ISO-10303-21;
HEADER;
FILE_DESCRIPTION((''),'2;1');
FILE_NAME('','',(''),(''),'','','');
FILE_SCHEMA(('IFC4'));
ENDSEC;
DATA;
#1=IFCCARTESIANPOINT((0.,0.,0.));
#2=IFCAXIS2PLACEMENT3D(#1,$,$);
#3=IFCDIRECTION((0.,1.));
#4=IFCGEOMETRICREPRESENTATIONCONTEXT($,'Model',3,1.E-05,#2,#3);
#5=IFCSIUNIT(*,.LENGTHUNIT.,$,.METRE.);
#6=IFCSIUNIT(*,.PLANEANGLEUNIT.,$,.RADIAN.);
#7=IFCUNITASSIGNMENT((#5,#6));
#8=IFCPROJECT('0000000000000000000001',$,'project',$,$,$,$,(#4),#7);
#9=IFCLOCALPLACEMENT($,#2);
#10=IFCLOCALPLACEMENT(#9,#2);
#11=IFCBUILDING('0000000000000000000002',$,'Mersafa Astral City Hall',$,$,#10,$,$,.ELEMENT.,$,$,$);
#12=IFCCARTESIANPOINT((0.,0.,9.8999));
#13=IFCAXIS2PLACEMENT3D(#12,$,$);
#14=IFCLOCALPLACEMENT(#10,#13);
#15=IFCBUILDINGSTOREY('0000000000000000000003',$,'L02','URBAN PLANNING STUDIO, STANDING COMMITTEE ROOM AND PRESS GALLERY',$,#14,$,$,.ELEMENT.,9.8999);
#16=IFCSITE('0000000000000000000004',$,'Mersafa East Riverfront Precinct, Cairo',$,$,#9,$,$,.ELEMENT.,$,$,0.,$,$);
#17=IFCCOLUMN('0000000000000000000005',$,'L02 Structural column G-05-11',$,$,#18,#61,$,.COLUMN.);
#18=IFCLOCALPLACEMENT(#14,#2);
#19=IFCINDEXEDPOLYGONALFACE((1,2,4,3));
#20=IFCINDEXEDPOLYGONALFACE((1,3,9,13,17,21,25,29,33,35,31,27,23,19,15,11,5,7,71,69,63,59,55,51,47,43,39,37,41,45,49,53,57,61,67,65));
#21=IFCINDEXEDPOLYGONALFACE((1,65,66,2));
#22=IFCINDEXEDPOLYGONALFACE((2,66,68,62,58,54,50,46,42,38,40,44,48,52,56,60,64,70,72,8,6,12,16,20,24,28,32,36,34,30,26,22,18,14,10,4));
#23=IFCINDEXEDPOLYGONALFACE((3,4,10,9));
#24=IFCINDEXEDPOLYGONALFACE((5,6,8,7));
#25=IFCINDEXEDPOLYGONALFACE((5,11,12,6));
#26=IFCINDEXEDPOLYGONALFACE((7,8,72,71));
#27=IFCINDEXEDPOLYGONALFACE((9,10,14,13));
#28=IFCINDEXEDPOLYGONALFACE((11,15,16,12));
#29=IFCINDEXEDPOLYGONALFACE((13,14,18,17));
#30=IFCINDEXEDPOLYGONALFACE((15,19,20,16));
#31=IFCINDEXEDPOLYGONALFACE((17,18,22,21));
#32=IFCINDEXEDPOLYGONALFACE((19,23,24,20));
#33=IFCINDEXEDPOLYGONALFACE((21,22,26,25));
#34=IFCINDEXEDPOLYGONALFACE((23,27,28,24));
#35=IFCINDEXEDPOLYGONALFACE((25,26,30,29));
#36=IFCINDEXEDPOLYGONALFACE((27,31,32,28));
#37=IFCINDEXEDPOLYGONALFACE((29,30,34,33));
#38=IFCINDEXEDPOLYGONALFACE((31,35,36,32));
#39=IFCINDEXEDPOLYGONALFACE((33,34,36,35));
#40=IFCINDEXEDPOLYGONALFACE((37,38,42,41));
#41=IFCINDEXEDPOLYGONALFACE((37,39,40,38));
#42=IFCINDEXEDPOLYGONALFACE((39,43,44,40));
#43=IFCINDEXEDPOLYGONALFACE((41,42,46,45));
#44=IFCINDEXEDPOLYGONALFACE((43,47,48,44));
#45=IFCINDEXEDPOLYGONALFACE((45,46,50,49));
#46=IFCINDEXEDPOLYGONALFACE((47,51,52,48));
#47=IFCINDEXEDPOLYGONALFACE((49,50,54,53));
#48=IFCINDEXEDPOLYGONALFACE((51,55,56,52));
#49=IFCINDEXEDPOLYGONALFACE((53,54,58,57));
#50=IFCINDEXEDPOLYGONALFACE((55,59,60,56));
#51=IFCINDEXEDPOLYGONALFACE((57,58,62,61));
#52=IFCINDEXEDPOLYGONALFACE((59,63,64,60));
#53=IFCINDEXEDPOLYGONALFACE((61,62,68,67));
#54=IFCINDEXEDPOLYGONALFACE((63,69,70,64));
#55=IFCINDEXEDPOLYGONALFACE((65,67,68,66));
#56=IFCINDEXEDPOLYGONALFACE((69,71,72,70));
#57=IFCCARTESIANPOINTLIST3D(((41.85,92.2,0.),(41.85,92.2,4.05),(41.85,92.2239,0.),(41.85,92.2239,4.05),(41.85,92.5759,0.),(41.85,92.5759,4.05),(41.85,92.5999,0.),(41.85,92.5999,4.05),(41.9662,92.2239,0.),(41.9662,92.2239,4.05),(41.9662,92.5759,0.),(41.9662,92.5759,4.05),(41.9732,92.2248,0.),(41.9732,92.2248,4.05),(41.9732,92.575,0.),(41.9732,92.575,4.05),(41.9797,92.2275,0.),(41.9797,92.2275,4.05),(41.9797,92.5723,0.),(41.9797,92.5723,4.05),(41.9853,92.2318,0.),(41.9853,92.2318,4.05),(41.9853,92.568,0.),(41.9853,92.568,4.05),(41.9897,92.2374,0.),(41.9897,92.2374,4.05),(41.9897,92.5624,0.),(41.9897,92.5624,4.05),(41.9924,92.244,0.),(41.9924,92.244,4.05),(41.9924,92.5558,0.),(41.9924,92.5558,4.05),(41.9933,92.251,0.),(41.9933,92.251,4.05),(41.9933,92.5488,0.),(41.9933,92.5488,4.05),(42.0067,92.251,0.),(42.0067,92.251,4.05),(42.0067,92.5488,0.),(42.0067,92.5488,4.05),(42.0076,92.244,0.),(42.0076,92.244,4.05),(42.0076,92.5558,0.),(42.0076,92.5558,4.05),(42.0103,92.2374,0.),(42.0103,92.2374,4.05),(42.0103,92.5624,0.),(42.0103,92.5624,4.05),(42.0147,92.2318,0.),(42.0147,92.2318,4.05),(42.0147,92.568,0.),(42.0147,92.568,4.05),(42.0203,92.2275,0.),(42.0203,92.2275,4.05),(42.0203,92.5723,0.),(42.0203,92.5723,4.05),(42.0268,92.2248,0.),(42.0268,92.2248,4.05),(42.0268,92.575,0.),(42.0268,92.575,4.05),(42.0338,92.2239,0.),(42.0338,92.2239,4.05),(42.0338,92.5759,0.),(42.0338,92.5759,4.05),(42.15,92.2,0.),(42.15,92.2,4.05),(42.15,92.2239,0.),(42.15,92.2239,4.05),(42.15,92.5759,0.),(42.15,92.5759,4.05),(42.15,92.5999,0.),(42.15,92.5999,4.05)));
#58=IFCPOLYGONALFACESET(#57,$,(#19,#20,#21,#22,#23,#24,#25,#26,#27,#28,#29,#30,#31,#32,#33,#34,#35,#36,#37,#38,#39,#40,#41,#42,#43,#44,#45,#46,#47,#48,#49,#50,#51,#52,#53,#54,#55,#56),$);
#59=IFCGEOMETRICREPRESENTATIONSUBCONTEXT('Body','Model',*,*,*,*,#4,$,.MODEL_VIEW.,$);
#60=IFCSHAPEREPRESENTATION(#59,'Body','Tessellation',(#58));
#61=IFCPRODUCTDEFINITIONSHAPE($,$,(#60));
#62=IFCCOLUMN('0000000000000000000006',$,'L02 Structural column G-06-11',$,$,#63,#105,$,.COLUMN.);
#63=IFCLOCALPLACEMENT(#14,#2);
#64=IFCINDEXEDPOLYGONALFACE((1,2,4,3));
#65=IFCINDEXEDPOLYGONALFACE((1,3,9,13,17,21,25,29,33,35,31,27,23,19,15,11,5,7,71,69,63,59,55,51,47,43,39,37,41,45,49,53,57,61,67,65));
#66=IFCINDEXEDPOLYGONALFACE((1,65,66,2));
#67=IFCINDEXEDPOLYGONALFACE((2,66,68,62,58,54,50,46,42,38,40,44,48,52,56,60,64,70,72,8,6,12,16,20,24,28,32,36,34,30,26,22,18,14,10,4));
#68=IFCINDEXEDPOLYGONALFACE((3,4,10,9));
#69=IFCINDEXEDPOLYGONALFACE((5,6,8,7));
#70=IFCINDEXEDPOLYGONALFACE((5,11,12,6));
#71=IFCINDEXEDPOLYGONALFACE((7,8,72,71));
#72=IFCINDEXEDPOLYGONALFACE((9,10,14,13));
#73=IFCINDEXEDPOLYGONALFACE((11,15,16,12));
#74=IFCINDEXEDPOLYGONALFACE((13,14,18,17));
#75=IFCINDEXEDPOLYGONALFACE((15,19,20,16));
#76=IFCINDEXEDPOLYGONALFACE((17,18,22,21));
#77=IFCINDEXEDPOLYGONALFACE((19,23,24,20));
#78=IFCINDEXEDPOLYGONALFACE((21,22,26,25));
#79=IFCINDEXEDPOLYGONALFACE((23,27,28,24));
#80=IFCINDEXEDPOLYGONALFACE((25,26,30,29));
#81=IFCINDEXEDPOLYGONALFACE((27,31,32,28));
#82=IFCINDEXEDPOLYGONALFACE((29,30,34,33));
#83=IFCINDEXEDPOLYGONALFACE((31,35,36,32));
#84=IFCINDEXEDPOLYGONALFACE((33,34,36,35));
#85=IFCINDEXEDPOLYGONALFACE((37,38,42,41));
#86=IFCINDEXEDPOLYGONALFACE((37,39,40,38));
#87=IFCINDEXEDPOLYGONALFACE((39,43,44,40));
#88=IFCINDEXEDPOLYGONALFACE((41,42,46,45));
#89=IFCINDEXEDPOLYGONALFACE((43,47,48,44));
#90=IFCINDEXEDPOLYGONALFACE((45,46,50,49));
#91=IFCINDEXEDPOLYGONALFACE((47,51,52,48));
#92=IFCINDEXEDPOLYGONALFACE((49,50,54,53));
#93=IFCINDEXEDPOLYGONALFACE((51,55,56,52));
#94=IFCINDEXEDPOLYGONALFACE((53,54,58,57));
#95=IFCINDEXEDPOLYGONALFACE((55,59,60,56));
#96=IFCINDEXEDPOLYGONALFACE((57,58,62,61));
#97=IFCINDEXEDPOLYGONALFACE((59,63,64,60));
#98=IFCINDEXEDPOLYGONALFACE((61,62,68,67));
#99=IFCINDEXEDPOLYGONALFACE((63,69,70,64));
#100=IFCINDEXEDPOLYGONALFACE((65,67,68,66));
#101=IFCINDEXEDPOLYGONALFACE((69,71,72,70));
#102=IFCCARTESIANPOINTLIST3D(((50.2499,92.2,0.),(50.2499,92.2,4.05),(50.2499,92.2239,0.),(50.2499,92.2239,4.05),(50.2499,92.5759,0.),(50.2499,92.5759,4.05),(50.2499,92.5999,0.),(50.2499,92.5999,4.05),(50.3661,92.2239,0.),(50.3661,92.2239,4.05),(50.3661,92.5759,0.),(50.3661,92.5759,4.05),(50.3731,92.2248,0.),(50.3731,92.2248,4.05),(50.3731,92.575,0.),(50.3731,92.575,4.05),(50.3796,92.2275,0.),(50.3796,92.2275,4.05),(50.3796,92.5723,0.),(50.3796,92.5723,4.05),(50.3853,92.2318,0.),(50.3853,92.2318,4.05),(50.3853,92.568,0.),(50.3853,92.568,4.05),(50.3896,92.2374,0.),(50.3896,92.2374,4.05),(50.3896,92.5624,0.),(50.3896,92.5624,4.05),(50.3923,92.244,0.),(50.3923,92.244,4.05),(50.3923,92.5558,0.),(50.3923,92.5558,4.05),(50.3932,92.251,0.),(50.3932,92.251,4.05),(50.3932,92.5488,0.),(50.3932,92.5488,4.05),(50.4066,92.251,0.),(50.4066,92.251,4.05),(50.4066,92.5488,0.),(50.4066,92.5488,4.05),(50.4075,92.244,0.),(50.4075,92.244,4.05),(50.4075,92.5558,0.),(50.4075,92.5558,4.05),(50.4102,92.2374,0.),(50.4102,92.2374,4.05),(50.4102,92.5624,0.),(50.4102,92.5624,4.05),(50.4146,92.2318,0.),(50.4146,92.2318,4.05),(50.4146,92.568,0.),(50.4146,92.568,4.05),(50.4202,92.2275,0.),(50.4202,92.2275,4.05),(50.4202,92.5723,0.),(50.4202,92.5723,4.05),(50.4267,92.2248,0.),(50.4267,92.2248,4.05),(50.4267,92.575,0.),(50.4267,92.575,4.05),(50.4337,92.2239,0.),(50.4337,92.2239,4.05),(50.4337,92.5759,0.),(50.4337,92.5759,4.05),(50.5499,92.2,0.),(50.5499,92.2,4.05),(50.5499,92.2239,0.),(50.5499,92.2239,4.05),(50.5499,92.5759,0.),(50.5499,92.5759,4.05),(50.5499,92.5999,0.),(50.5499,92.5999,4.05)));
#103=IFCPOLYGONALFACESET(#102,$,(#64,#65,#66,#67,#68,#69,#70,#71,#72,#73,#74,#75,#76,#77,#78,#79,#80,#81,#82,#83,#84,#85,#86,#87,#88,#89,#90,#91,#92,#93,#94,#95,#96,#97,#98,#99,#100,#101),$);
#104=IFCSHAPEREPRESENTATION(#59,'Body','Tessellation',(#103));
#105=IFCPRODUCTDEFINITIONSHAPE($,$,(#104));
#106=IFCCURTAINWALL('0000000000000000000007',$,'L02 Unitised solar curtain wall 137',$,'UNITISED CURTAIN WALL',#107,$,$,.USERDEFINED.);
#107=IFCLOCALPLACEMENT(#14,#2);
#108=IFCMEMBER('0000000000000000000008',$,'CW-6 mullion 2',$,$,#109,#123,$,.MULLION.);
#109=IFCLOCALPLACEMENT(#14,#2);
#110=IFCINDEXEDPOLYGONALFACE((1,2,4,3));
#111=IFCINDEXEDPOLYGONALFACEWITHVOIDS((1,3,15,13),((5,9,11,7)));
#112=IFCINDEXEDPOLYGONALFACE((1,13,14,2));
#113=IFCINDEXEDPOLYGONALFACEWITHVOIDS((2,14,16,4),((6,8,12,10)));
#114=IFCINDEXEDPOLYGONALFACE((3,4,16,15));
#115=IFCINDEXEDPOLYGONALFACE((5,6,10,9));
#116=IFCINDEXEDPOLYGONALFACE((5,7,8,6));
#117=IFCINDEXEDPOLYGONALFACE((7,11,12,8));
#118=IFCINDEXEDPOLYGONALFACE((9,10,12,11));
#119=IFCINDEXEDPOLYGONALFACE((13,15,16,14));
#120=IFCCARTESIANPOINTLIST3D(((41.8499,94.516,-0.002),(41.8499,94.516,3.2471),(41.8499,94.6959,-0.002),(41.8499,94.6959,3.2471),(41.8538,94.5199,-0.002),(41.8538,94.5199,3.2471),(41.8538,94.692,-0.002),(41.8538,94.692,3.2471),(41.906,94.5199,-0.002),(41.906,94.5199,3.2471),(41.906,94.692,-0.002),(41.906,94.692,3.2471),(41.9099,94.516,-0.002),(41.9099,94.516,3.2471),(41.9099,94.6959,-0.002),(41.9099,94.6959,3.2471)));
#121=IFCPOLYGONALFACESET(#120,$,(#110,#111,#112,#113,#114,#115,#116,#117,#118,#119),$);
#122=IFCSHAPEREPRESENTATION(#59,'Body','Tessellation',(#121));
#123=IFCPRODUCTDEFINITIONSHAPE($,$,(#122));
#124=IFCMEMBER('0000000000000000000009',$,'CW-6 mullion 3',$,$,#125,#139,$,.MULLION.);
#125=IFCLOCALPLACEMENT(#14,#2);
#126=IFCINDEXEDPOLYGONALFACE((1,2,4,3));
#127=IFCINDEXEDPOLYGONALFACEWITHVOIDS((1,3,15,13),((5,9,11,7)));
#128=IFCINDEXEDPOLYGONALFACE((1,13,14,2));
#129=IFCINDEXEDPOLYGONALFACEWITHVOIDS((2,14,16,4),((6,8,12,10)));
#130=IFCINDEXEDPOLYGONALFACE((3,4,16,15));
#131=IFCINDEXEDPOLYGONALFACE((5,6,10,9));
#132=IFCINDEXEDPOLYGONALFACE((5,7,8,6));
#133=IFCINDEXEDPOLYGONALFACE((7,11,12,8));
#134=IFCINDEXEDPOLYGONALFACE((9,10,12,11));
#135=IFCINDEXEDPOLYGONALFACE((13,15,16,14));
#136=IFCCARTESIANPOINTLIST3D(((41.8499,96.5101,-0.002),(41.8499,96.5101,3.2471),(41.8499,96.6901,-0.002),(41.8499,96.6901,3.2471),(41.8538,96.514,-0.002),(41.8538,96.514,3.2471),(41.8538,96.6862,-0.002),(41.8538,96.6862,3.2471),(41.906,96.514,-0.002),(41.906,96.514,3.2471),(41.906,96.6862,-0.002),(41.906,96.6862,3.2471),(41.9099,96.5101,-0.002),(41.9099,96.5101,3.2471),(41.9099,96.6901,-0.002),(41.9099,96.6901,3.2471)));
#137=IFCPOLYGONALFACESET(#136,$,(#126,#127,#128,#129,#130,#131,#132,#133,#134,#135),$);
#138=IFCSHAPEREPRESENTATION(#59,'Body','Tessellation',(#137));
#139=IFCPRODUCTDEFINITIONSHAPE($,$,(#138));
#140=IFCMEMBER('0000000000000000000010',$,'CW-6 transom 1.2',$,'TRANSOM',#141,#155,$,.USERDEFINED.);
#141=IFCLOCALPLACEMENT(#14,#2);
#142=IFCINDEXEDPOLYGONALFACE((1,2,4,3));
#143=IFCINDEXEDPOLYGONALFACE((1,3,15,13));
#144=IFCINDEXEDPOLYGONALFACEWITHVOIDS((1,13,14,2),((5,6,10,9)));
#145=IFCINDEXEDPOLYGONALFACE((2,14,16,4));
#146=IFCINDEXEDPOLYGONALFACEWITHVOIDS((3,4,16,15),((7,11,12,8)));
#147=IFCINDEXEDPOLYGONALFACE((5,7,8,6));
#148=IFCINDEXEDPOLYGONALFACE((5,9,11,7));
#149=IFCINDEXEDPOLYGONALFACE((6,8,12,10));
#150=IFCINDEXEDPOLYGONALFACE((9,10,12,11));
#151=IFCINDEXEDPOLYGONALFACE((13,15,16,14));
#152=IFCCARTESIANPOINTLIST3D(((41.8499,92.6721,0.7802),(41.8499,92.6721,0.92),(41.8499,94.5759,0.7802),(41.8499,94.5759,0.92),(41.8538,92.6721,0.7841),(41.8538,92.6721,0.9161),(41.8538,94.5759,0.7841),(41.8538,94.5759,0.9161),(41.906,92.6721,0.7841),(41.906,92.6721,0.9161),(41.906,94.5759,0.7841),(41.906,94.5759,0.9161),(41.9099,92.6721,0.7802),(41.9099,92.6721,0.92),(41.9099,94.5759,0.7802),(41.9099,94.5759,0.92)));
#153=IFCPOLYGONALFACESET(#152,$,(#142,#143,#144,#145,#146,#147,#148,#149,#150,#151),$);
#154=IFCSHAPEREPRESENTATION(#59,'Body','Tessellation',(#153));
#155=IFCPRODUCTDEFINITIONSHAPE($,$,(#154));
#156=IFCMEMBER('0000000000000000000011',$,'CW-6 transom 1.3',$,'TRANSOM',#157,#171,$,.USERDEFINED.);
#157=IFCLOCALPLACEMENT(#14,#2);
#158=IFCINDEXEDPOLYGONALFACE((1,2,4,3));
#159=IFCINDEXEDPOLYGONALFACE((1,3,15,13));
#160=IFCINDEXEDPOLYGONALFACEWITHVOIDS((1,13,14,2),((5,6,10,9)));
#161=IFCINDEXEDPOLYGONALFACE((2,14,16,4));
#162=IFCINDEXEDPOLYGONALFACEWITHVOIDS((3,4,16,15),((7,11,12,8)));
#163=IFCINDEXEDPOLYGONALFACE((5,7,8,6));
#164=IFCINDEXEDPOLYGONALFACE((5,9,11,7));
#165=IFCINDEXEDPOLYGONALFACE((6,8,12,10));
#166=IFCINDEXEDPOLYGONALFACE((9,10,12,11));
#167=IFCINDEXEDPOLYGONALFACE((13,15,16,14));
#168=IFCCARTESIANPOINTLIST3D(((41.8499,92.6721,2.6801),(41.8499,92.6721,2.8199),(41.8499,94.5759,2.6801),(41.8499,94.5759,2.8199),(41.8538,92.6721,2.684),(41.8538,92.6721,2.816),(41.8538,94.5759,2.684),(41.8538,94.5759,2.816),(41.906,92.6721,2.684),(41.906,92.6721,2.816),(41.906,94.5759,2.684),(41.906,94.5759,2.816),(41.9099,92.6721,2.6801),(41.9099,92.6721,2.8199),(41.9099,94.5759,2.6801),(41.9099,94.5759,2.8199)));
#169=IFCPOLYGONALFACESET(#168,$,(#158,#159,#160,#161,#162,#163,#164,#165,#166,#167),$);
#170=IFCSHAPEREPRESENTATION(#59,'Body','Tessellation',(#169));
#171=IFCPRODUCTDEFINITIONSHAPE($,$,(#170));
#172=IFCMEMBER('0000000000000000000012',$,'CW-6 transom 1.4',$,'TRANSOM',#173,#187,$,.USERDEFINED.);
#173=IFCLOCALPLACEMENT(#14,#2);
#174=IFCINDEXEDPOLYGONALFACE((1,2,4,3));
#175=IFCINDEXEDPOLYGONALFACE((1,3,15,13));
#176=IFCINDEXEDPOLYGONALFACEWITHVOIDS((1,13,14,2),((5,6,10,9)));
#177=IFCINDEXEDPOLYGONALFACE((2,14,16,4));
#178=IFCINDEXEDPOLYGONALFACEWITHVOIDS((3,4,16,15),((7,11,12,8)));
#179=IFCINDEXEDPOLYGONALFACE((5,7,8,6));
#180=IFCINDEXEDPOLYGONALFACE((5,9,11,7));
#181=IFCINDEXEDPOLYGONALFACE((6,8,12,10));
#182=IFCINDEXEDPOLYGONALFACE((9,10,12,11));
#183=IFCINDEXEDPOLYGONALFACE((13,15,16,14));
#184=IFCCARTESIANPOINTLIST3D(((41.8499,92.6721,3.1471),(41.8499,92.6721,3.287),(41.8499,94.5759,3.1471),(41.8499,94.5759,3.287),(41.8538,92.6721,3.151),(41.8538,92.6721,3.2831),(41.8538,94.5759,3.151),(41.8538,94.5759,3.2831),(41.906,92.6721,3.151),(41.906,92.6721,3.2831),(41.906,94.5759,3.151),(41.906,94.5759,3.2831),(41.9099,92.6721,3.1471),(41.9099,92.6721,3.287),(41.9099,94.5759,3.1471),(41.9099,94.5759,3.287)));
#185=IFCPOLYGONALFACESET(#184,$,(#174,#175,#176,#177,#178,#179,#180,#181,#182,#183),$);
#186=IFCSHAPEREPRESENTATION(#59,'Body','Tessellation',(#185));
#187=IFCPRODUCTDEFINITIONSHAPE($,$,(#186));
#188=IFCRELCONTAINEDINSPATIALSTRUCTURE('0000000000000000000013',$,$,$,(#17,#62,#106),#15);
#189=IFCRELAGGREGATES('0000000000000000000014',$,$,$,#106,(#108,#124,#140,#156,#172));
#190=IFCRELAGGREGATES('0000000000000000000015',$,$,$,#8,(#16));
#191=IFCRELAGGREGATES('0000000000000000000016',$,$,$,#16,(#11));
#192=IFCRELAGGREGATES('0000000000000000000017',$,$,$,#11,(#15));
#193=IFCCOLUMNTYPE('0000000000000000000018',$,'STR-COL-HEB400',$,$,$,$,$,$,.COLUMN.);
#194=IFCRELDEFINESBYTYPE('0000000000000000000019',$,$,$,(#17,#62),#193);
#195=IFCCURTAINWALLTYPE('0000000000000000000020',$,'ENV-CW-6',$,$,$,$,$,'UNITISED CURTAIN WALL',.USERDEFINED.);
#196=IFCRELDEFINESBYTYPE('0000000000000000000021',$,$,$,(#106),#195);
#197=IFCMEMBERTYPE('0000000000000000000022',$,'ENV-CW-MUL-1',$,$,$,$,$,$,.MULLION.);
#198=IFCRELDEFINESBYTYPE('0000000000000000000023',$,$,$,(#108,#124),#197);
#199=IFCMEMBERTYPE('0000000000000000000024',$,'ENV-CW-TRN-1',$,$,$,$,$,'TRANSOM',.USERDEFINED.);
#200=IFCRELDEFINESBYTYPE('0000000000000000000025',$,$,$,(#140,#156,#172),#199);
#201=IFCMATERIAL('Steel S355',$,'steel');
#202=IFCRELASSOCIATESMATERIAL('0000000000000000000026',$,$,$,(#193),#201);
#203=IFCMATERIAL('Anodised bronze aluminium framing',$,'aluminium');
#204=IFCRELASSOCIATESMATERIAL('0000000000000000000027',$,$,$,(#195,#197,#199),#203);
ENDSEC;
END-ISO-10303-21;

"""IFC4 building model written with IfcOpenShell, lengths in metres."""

from ifc_helpers import new_model, si_unit, direction, frame, origin, origin_2d, place, context, subcontext, project, spatial, hollow_rectangle, i_section, extrude, material, material_profile, profile_set, type_object, element, aggregate, save


model = new_model("IFC4")

# Units and contexts
model_context = context("Model", 3, precision=1e-05, world=origin(), true_north=direction((0.0, 1.0)))
body_context = subcontext(model_context, "Body", "Model", "MODEL_VIEW")
ifc_project = project(units=[si_unit("LENGTHUNIT", "METRE"), si_unit("PLANEANGLEUNIT", "RADIAN")], contexts=[model_context])

# Site, building, storey
site_placement = place(None, origin())
site = spatial("IfcSite", under=ifc_project, at=site_placement, Name="Mersafa East Riverfront Precinct, Cairo", CompositionType="ELEMENT", RefElevation=0.0)
building_placement = place(site_placement, origin())
building = spatial("IfcBuilding", under=site, at=building_placement, Name="Mersafa Astral City Hall", CompositionType="ELEMENT")
storey_placement = place(building_placement, frame((0.0, 0.0, 9.8999)))
storey = spatial("IfcBuildingStorey", under=building, at=storey_placement, Name="L02", Description="URBAN PLANNING STUDIO, STANDING COMMITTEE ROOM AND PRESS GALLERY", CompositionType="ELEMENT", Elevation=9.8999)

# Columns
ifc_material_1 = material(Name="Steel S355", Category="steel")
ifc_material_profile_1 = material_profile(ifc_material_1, i_section(OverallWidth=0.3, OverallDepth=0.3999, WebThickness=0.0134, FlangeThickness=0.0239, FilletRadius=0.0271, at=origin_2d()), Name="HEB 400")
ifc_profile_set_1 = profile_set([ifc_material_profile_1], Name="Steel S355")
column_type = type_object("IfcColumnType", Name="STR-COL-HEB400", PredefinedType="COLUMN", material=ifc_profile_set_1)
for number, where, z_axis, x_axis, name in (
    (1, (42.0, 92.3999, 0.0), (0.0, 0.0, 1.0), (1.0, 0.0, 0.0), "L02 Structural column G-05-11"),
    (2, (50.3999, 92.3999, 0.0), (0.0, 0.0, 1.0), (1.0, 0.0, 0.0), "L02 Structural column G-06-11"),
):
    element("IfcColumn", number, at=place(storey_placement, frame(where, z_axis=z_axis, x_axis=x_axis)), inside=storey, type_object=column_type, Name=name, PredefinedType="COLUMN", context=body_context, shape_type="SweptSolid", body=[
        extrude(i_section(OverallWidth=0.3, OverallDepth=0.3999, WebThickness=0.0134, FlangeThickness=0.0239, FilletRadius=0.0271, at=origin_2d()), origin(), (0.0, 0.0, 1.0), 4.05),
    ])

# Curtain wall, members
ifc_material_2 = material(Name="Anodised bronze aluminium framing", Category="aluminium")
curtain_wall_type = type_object("IfcCurtainWallType", Name="ENV-CW-6", ElementType="UNITISED CURTAIN WALL", PredefinedType="USERDEFINED", material=ifc_material_2)
curtain_wall_placement = place(storey_placement, origin())
curtain_wall = element("IfcCurtainWall", 3, at=curtain_wall_placement, inside=storey, type_object=curtain_wall_type, Name="L02 Unitised solar curtain wall 137", ObjectType="UNITISED CURTAIN WALL", PredefinedType="USERDEFINED")
ifc_material_profile_2 = material_profile(ifc_material_2, hollow_rectangle(XDim=0.0601, YDim=0.1799, WallThickness=0.0039, at=origin_2d()), Name="RHS 60x180x4")
ifc_profile_set_2 = profile_set([ifc_material_profile_2], Name="Anodised bronze aluminium framing")
member_type_1 = type_object("IfcMemberType", Name="ENV-CW-MUL-1", PredefinedType="MULLION", material=ifc_profile_set_2)
member_1_placement = place(storey_placement, frame((41.8799, 94.606, -0.002), z_axis=(0.0, 0.0, 1.0), x_axis=(-1.0, 0.0, 0.0)))
member_1 = element("IfcMember", 4, at=member_1_placement, type_object=member_type_1, Name="CW-6 mullion 2", PredefinedType="MULLION", context=body_context, shape_type="SweptSolid", body=[
    extrude(hollow_rectangle(XDim=0.0601, YDim=0.1799, WallThickness=0.0039, at=origin_2d()), origin(), (0.0, 0.0, 1.0), 3.249),
])
member_2_placement = place(storey_placement, frame((41.8799, 96.6001, -0.002), z_axis=(0.0, 0.0, 1.0), x_axis=(-1.0, 0.0, 0.0)))
member_2 = element("IfcMember", 5, at=member_2_placement, type_object=member_type_1, Name="CW-6 mullion 3", PredefinedType="MULLION", context=body_context, shape_type="SweptSolid", body=[
    extrude(hollow_rectangle(XDim=0.0601, YDim=0.1799, WallThickness=0.0039, at=origin_2d()), origin(), (0.0, 0.0, 1.0), 3.249),
])
ifc_material_profile_3 = material_profile(ifc_material_2, hollow_rectangle(XDim=0.0601, YDim=0.1399, WallThickness=0.0039, at=origin_2d()), Name="RHS 60x140x4")
ifc_profile_set_3 = profile_set([ifc_material_profile_3], Name="Anodised bronze aluminium framing")
member_type_2 = type_object("IfcMemberType", Name="ENV-CW-TRN-1", ElementType="TRANSOM", PredefinedType="USERDEFINED", material=ifc_profile_set_3)
member_3_placement = place(storey_placement, frame((41.8799, 92.6721, 0.8501), z_axis=(0.0, 1.0, 0.0), x_axis=(-1.0, 0.0, 0.0)))
member_3 = element("IfcMember", 6, at=member_3_placement, type_object=member_type_2, Name="CW-6 transom 1.2", ObjectType="TRANSOM", PredefinedType="USERDEFINED", context=body_context, shape_type="SweptSolid", body=[
    extrude(hollow_rectangle(XDim=0.0601, YDim=0.1399, WallThickness=0.0039, at=origin_2d()), origin(), (0.0, 0.0, 1.0), 1.9038),
])
member_4_placement = place(storey_placement, frame((41.8799, 92.6721, 2.75), z_axis=(0.0, 1.0, 0.0), x_axis=(-1.0, 0.0, 0.0)))
member_4 = element("IfcMember", 7, at=member_4_placement, type_object=member_type_2, Name="CW-6 transom 1.3", ObjectType="TRANSOM", PredefinedType="USERDEFINED", context=body_context, shape_type="SweptSolid", body=[
    extrude(hollow_rectangle(XDim=0.0601, YDim=0.1399, WallThickness=0.0039, at=origin_2d()), origin(), (0.0, 0.0, 1.0), 1.9038),
])
member_5_placement = place(storey_placement, frame((41.8799, 92.6721, 3.217), z_axis=(0.0, 1.0, 0.0), x_axis=(-1.0, 0.0, 0.0)))
member_5 = element("IfcMember", 8, at=member_5_placement, type_object=member_type_2, Name="CW-6 transom 1.4", ObjectType="TRANSOM", PredefinedType="USERDEFINED", context=body_context, shape_type="SweptSolid", body=[
    extrude(hollow_rectangle(XDim=0.0601, YDim=0.1399, WallThickness=0.0039, at=origin_2d()), origin(), (0.0, 0.0, 1.0), 1.9038),
])

aggregate(curtain_wall, [member_1, member_2, member_3, member_4, member_5])

save(model, "model.ifc")
